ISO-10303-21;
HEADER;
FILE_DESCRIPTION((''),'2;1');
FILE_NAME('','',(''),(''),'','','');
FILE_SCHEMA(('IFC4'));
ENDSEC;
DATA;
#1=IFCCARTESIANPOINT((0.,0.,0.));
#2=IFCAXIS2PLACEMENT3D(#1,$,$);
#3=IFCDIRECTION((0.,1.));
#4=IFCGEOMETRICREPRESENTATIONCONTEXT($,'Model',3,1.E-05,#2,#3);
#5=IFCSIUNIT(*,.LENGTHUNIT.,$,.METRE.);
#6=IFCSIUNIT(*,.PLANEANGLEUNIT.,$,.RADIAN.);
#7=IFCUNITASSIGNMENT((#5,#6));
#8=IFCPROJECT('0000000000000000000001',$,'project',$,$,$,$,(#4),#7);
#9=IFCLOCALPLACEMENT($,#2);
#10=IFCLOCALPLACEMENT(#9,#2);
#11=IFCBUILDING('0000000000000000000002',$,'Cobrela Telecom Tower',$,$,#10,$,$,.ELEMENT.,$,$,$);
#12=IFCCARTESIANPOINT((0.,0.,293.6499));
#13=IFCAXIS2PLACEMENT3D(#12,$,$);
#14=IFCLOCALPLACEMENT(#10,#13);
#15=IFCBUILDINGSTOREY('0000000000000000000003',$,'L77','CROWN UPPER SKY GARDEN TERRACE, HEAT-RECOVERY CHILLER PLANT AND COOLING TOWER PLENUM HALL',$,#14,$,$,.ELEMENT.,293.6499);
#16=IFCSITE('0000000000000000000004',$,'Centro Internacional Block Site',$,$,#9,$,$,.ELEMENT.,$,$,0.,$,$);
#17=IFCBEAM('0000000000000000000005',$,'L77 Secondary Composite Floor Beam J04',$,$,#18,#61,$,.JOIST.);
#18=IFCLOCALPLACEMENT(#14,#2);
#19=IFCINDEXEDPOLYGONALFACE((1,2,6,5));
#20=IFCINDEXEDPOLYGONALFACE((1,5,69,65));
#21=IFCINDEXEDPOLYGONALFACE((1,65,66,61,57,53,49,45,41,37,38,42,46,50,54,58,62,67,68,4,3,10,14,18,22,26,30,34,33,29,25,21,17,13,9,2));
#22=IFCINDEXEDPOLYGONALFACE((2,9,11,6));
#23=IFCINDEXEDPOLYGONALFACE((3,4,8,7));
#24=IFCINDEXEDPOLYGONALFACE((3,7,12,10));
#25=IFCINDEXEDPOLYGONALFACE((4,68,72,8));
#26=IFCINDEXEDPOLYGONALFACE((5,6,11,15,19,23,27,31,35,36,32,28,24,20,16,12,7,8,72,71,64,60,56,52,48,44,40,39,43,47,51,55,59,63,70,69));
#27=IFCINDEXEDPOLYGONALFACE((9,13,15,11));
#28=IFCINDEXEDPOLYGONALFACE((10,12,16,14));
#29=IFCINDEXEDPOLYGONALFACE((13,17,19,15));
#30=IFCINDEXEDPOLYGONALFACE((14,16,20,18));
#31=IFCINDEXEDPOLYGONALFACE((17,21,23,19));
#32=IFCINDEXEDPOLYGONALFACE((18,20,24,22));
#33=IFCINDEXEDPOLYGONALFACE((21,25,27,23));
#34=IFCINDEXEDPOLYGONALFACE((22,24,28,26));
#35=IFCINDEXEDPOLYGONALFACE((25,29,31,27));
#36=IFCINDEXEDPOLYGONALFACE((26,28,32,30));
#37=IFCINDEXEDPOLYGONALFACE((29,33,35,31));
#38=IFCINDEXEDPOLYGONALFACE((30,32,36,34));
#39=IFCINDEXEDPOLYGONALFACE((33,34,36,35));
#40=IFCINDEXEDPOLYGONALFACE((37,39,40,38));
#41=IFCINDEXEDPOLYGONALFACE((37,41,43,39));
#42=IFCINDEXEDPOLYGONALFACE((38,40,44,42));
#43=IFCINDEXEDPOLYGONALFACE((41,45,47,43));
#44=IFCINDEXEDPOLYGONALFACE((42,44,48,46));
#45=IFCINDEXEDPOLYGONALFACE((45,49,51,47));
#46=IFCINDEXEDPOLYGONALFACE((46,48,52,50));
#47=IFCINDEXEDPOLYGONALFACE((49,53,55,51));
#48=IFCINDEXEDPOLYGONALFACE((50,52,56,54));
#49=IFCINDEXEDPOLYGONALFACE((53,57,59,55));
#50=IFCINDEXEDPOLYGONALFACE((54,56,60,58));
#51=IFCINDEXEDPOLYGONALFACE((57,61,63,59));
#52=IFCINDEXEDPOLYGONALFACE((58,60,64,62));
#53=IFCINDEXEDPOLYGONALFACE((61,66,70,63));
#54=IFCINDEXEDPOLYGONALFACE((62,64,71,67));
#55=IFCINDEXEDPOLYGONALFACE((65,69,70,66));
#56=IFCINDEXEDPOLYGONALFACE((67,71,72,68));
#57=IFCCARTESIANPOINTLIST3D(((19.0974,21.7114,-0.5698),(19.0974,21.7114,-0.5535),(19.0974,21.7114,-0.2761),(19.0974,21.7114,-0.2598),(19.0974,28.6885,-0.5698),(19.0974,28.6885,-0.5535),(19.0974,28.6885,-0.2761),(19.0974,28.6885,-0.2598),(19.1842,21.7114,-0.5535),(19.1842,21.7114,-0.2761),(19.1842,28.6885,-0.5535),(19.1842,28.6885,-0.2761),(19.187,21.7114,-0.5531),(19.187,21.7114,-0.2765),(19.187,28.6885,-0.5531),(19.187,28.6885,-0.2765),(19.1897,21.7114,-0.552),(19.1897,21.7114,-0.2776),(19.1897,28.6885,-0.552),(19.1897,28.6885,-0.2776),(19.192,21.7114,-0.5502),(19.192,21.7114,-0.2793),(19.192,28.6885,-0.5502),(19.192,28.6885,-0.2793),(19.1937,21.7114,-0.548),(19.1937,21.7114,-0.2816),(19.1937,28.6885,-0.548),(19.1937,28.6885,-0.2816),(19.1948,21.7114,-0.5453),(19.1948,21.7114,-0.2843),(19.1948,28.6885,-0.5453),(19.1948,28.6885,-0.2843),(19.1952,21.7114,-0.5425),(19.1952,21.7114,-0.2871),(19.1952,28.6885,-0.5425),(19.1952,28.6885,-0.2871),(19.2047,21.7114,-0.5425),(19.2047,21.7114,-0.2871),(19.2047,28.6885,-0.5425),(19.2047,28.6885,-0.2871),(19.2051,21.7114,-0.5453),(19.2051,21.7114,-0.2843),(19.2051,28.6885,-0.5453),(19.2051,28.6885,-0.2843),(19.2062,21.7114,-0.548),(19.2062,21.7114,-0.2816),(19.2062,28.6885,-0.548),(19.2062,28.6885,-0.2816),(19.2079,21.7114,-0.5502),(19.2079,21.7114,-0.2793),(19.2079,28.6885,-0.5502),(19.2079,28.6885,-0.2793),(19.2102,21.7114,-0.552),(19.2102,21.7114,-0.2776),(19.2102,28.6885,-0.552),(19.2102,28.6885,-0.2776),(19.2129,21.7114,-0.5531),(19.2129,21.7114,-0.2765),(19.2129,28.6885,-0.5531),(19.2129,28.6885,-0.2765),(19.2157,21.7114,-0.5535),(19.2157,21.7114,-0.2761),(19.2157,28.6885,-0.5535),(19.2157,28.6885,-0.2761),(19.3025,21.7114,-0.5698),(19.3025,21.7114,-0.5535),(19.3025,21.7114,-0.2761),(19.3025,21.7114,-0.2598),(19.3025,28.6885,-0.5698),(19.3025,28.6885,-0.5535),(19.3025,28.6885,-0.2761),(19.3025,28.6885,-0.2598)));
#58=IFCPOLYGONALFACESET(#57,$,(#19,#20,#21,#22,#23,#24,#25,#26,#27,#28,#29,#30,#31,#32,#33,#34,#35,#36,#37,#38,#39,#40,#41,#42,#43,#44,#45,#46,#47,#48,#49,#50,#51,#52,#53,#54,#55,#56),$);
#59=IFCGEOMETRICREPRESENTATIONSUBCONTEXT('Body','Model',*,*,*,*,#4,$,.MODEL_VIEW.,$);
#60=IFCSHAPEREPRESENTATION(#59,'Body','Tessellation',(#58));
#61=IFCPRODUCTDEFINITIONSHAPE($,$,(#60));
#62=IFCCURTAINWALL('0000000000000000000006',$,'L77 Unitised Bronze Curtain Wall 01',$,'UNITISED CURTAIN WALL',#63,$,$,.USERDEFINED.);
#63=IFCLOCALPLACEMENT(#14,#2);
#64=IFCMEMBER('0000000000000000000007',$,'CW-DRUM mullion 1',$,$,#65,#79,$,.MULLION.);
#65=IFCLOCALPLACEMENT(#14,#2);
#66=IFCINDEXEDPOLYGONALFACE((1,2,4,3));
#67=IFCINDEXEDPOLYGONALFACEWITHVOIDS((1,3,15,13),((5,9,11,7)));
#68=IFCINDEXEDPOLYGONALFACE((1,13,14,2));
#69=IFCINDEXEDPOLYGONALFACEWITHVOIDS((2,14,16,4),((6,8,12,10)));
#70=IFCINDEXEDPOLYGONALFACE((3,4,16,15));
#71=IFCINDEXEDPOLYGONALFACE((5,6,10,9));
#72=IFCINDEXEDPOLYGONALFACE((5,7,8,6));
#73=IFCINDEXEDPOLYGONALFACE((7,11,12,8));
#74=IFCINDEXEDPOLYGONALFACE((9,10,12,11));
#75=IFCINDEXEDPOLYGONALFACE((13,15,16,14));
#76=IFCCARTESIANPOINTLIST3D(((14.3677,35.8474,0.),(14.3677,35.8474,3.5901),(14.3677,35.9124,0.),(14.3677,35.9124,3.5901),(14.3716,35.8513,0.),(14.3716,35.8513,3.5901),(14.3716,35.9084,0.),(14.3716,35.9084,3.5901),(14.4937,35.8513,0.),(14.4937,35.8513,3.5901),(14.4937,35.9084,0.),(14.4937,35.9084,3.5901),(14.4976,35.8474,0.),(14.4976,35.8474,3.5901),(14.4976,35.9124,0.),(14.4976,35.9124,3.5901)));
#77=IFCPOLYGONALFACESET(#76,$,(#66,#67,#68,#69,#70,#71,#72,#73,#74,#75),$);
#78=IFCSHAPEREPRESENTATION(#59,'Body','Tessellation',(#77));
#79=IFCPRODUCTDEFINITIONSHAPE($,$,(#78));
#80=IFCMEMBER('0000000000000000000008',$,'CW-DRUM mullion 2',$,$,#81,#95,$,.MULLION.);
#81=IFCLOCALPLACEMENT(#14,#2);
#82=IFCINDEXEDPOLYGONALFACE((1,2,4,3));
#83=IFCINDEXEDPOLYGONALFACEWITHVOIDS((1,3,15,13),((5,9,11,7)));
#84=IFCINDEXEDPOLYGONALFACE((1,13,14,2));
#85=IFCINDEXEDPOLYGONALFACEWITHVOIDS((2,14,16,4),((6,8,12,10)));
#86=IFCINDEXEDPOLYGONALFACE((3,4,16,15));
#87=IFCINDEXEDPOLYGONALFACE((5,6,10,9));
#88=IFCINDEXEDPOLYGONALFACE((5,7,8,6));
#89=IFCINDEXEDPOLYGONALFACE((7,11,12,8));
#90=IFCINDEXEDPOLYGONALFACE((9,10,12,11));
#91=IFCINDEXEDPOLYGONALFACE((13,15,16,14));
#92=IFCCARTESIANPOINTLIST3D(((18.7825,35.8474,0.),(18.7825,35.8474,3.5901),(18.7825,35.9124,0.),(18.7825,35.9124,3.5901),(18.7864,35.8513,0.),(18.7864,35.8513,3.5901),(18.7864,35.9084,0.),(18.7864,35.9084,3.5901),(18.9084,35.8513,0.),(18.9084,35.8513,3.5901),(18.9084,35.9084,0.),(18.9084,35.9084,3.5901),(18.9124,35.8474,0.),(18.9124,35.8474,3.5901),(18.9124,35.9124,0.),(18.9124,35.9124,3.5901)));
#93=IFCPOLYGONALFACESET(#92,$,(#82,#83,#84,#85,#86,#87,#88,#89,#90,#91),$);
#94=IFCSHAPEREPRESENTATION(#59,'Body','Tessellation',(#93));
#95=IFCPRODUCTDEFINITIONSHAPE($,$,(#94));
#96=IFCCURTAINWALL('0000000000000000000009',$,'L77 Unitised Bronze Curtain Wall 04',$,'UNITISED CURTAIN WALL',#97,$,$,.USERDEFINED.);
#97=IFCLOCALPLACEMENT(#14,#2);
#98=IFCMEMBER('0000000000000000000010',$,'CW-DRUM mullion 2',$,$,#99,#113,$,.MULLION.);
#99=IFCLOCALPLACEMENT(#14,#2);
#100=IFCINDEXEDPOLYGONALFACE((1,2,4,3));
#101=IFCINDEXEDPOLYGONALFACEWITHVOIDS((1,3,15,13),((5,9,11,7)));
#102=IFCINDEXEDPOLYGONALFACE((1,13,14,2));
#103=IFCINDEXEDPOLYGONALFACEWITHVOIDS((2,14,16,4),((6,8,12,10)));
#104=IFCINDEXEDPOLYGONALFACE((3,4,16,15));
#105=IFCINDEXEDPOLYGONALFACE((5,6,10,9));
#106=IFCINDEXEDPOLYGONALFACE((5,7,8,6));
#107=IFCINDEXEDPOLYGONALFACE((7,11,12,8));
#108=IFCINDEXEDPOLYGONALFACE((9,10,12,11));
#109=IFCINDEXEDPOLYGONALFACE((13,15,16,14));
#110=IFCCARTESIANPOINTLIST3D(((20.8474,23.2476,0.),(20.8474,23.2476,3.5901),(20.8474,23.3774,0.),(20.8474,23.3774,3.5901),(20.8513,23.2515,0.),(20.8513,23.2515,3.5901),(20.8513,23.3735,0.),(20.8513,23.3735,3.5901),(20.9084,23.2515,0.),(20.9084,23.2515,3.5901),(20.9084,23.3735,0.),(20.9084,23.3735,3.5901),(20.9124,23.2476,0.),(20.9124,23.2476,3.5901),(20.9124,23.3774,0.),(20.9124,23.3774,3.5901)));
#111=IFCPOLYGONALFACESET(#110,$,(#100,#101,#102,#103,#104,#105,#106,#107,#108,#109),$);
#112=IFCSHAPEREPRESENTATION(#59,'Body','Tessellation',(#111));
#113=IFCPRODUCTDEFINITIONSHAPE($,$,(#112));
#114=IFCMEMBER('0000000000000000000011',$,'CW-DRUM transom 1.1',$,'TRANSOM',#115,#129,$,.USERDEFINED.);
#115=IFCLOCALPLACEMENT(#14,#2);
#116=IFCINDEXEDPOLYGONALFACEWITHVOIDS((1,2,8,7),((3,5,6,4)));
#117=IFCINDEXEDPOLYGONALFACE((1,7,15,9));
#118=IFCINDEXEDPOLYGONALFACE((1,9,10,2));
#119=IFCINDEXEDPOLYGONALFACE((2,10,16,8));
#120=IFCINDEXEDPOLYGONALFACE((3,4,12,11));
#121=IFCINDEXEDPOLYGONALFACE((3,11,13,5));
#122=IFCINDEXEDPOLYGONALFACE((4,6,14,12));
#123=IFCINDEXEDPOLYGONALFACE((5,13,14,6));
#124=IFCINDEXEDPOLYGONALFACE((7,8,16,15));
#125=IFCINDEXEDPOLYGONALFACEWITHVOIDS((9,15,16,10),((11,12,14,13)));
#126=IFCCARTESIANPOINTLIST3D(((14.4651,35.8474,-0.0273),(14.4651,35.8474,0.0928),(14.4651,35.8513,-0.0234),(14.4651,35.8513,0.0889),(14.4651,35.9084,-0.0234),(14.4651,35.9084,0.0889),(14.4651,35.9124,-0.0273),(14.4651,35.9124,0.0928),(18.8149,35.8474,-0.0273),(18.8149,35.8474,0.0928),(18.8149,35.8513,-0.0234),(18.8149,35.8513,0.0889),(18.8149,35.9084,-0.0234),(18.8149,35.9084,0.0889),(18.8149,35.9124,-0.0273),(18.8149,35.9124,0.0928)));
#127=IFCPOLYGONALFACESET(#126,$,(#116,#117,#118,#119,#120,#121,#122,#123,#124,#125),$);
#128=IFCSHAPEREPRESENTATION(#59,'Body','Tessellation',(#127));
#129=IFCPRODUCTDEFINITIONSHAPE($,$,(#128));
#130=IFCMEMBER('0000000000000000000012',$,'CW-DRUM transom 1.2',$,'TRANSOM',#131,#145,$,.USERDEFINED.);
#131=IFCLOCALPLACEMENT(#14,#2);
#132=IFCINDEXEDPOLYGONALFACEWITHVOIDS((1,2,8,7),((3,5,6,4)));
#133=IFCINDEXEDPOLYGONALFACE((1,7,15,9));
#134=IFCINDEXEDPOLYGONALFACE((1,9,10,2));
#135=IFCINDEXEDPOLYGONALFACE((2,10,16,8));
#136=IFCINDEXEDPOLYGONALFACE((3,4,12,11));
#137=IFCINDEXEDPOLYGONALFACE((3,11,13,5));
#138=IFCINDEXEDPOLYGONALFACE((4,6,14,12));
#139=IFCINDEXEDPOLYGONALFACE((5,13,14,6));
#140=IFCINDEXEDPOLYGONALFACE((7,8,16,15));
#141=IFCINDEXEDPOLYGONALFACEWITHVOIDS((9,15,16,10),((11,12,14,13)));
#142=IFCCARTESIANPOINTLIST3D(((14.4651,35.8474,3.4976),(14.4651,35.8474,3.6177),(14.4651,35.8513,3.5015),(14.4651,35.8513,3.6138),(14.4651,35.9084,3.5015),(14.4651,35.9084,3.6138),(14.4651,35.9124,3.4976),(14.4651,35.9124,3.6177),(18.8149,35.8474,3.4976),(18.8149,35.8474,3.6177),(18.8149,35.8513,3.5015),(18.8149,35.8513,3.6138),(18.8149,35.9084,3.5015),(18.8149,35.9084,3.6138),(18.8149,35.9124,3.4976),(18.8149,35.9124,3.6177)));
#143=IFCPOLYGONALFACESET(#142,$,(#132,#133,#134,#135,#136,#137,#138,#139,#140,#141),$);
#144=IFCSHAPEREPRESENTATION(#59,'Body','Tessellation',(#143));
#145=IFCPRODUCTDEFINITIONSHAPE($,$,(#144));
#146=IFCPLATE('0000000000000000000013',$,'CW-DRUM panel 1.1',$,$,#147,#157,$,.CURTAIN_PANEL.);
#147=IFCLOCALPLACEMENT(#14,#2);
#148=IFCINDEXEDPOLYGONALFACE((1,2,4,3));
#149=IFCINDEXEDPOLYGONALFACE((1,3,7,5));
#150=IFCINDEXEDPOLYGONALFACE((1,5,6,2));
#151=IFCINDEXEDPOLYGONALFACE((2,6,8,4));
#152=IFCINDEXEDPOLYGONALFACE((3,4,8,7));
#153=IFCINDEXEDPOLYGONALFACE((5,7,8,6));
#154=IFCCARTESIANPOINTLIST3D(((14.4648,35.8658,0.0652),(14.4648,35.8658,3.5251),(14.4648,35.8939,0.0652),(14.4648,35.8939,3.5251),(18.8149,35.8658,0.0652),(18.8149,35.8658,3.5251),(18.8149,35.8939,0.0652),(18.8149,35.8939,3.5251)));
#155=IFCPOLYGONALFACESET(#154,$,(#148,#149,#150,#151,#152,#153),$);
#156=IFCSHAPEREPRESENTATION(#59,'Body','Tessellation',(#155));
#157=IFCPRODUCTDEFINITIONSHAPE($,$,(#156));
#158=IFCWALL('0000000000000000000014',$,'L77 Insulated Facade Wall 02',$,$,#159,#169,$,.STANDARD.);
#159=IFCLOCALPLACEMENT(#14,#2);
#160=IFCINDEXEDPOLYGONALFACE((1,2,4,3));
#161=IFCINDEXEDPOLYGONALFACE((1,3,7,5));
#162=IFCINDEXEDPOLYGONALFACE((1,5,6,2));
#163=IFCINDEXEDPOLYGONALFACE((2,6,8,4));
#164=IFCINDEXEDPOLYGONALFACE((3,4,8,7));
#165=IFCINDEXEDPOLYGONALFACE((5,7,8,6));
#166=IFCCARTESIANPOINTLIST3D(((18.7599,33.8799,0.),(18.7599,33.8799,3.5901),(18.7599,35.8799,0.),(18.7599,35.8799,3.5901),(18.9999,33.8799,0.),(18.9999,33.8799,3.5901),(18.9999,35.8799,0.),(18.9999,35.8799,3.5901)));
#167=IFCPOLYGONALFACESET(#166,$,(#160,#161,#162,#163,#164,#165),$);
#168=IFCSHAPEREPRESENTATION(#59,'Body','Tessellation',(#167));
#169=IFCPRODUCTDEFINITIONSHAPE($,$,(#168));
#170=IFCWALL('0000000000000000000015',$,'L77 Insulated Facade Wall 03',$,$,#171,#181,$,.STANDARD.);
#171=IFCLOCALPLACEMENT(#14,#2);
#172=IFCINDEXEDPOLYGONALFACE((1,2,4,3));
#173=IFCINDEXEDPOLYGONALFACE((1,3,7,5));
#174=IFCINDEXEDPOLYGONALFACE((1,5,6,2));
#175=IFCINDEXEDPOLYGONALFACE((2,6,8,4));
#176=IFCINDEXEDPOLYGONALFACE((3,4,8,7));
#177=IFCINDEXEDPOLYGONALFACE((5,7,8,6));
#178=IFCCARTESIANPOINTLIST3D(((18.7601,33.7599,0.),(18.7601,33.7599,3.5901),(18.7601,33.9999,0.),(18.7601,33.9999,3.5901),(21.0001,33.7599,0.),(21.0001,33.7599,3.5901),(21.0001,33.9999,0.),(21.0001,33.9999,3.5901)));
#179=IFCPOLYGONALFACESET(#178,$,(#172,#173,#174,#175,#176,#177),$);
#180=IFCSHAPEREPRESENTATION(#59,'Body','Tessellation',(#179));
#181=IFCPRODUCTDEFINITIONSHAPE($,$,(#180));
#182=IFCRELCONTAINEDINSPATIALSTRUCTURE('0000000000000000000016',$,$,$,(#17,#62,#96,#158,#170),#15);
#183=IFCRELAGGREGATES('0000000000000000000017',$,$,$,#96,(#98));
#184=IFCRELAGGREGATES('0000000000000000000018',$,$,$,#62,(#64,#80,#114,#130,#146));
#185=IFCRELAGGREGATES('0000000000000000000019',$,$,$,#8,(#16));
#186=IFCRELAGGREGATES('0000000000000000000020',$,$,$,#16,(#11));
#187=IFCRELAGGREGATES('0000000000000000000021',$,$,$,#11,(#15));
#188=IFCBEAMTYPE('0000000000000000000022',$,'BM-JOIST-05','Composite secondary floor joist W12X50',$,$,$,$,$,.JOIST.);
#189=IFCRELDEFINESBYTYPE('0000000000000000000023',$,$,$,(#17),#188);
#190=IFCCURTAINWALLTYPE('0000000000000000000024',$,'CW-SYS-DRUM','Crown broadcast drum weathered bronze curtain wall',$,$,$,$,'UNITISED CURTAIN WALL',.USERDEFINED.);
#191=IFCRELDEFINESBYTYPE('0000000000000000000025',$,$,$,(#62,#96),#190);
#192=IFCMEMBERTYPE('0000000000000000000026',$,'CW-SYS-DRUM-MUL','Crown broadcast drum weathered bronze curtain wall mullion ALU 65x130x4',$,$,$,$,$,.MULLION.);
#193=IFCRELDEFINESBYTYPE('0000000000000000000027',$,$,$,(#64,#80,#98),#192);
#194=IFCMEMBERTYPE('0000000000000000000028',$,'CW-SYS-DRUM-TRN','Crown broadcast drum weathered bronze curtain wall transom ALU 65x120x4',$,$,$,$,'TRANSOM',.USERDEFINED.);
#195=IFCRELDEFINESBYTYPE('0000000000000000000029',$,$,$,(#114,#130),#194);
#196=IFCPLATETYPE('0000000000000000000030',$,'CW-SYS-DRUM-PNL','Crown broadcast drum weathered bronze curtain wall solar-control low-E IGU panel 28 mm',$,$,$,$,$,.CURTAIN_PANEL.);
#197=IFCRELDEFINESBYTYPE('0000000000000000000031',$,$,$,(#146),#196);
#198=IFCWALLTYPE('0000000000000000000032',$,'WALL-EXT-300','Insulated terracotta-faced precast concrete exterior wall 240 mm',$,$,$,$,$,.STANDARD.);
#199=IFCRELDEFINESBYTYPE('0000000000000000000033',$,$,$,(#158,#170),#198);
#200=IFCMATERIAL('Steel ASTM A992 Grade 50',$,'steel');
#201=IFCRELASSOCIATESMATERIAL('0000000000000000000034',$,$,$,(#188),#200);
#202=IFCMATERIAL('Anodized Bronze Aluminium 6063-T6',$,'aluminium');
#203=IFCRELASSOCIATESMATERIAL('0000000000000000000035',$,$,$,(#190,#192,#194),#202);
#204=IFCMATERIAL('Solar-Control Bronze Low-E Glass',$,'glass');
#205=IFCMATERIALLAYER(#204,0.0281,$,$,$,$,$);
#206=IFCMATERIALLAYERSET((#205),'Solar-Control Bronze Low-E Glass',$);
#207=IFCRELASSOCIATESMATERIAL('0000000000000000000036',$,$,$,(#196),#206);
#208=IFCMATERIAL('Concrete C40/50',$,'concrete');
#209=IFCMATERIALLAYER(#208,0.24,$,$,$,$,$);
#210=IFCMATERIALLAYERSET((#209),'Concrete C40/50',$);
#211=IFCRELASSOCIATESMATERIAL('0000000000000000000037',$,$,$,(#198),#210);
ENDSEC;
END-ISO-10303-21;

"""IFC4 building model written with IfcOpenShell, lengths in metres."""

from ifc_helpers import new_model, si_unit, direction, frame, frame_2d, origin, origin_2d, place, context, subcontext, project, spatial, rectangle, hollow_rectangle, i_section, extrude, material, layer, layer_set, material_profile, profile_set, type_object, element, aggregate, save


model = new_model("IFC4")

# Units and contexts
model_context = context("Model", 3, precision=1e-05, world=origin(), true_north=direction((0.0, 1.0)))
body_context = subcontext(model_context, "Body", "Model", "MODEL_VIEW")
ifc_project = project(units=[si_unit("LENGTHUNIT", "METRE"), si_unit("PLANEANGLEUNIT", "RADIAN")], contexts=[model_context])

# Site, building, storey
site_placement = place(None, origin())
site = spatial("IfcSite", under=ifc_project, at=site_placement, Name="Centro Internacional Block Site", CompositionType="ELEMENT", RefElevation=0.0)
building_placement = place(site_placement, origin())
building = spatial("IfcBuilding", under=site, at=building_placement, Name="Cobrela Telecom Tower", CompositionType="ELEMENT")
storey_placement = place(building_placement, frame((0.0, 0.0, 293.6499)))
storey = spatial("IfcBuildingStorey", under=building, at=storey_placement, Name="L77", Description="CROWN UPPER SKY GARDEN TERRACE, HEAT-RECOVERY CHILLER PLANT AND COOLING TOWER PLENUM HALL", CompositionType="ELEMENT", Elevation=293.6499)

# Beam
ifc_material_1 = material(Name="Steel ASTM A992 Grade 50", Category="steel")
ifc_material_profile_1 = material_profile(ifc_material_1, i_section(OverallWidth=0.2051, OverallDepth=0.3101, WebThickness=0.0095, FlangeThickness=0.0164, FilletRadius=0.011, at=origin_2d()), Name="W12X50")
ifc_profile_set_1 = profile_set([ifc_material_profile_1], Name="Steel ASTM A992 Grade 50")
beam_type_1 = type_object("IfcBeamType", Name="BM-JOIST-05", Description="Composite secondary floor joist W12X50", PredefinedType="JOIST", material=ifc_profile_set_1)
for number, where, z_axis, x_axis, name in (
    (1, (19.2, 21.7114, -0.4148), (0.0, 1.0, 0.0), (-1.0, 0.0, 0.0), "L77 Secondary Composite Floor Beam J04"),
):
    element("IfcBeam", number, at=place(storey_placement, frame(where, z_axis=z_axis, x_axis=x_axis)), inside=storey, type_object=beam_type_1, Name=name, PredefinedType="JOIST", context=body_context, shape_type="SweptSolid", body=[
        extrude(i_section(OverallWidth=0.2051, OverallDepth=0.3101, WebThickness=0.0095, FlangeThickness=0.0164, FilletRadius=0.011, at=origin_2d()), origin(), (0.0, 0.0, 1.0), 6.9771),
    ])

# Curtain wall, members
ifc_material_2 = material(Name="Anodized Bronze Aluminium 6063-T6", Category="aluminium")
curtain_wall_type = type_object("IfcCurtainWallType", Name="CW-SYS-DRUM", Description="Crown broadcast drum weathered bronze curtain wall", ElementType="UNITISED CURTAIN WALL", PredefinedType="USERDEFINED", material=ifc_material_2)
curtain_wall_1_placement = place(storey_placement, origin())
curtain_wall_1 = element("IfcCurtainWall", 2, at=curtain_wall_1_placement, inside=storey, type_object=curtain_wall_type, Name="L77 Unitised Bronze Curtain Wall 01", ObjectType="UNITISED CURTAIN WALL", PredefinedType="USERDEFINED")
ifc_material_profile_2 = material_profile(ifc_material_2, hollow_rectangle(XDim=0.0649, YDim=0.1299, WallThickness=0.0039, at=origin_2d()), Name="ALU 65x130x4")
ifc_profile_set_2 = profile_set([ifc_material_profile_2], Name="Anodized Bronze Aluminium 6063-T6")
member_type_1 = type_object("IfcMemberType", Name="CW-SYS-DRUM-MUL", Description="Crown broadcast drum weathered bronze curtain wall mullion ALU 65x130x4", PredefinedType="MULLION", material=ifc_profile_set_2)
member_1_placement = place(storey_placement, frame((14.4326, 35.8799, 0.0), z_axis=(0.0, 0.0, 1.0), x_axis=(0.0, 1.0, 0.0)))
member_1 = element("IfcMember", 3, at=member_1_placement, type_object=member_type_1, Name="CW-DRUM mullion 1", PredefinedType="MULLION", context=body_context, shape_type="SweptSolid", body=[
    extrude(hollow_rectangle(XDim=0.0649, YDim=0.1299, WallThickness=0.0039, at=origin_2d()), origin(), (0.0, 0.0, 1.0), 3.5901),
])
member_2_placement = place(storey_placement, frame((18.8474, 35.8799, 0.0), z_axis=(0.0, 0.0, 1.0), x_axis=(0.0, 1.0, 0.0)))
member_2 = element("IfcMember", 4, at=member_2_placement, type_object=member_type_1, Name="CW-DRUM mullion 2", PredefinedType="MULLION", context=body_context, shape_type="SweptSolid", body=[
    extrude(hollow_rectangle(XDim=0.0649, YDim=0.1299, WallThickness=0.0039, at=origin_2d()), origin(), (0.0, 0.0, 1.0), 3.5901),
])

# Curtain wall, member
curtain_wall_2_placement = place(storey_placement, origin())
curtain_wall_2 = element("IfcCurtainWall", 5, at=curtain_wall_2_placement, inside=storey, type_object=curtain_wall_type, Name="L77 Unitised Bronze Curtain Wall 04", ObjectType="UNITISED CURTAIN WALL", PredefinedType="USERDEFINED")
member_3_placement = place(storey_placement, frame((20.8799, 23.3125, 0.0), z_axis=(0.0, 0.0, 1.0), x_axis=(1.0, 0.0, 0.0)))
member_3 = element("IfcMember", 6, at=member_3_placement, type_object=member_type_1, Name="CW-DRUM mullion 2", PredefinedType="MULLION", context=body_context, shape_type="SweptSolid", body=[
    extrude(hollow_rectangle(XDim=0.0649, YDim=0.1299, WallThickness=0.0039, at=origin_2d()), origin(), (0.0, 0.0, 1.0), 3.5901),
])
aggregate(curtain_wall_2, [member_3])

# Members
ifc_material_profile_3 = material_profile(ifc_material_2, hollow_rectangle(XDim=0.0649, YDim=0.1201, WallThickness=0.0039, at=origin_2d()), Name="ALU 65x120x4")
ifc_profile_set_3 = profile_set([ifc_material_profile_3], Name="Anodized Bronze Aluminium 6063-T6")
member_type_2 = type_object("IfcMemberType", Name="CW-SYS-DRUM-TRN", Description="Crown broadcast drum weathered bronze curtain wall transom ALU 65x120x4", ElementType="TRANSOM", PredefinedType="USERDEFINED", material=ifc_profile_set_3)
member_4_placement = place(storey_placement, frame((14.4651, 35.8799, 0.0327), z_axis=(1.0, 0.0, 0.0), x_axis=(0.0, 1.0, 0.0)))
member_4 = element("IfcMember", 7, at=member_4_placement, type_object=member_type_2, Name="CW-DRUM transom 1.1", ObjectType="TRANSOM", PredefinedType="USERDEFINED", context=body_context, shape_type="SweptSolid", body=[
    extrude(hollow_rectangle(XDim=0.0649, YDim=0.1201, WallThickness=0.0039, at=origin_2d()), origin(), (0.0, 0.0, 1.0), 4.3499),
])
member_5_placement = place(storey_placement, frame((14.4651, 35.8799, 3.5576), z_axis=(1.0, 0.0, 0.0), x_axis=(0.0, 1.0, 0.0)))
member_5 = element("IfcMember", 8, at=member_5_placement, type_object=member_type_2, Name="CW-DRUM transom 1.2", ObjectType="TRANSOM", PredefinedType="USERDEFINED", context=body_context, shape_type="SweptSolid", body=[
    extrude(hollow_rectangle(XDim=0.0649, YDim=0.1201, WallThickness=0.0039, at=origin_2d()), origin(), (0.0, 0.0, 1.0), 4.3499),
])

# Plate
ifc_material_3 = material(Name="Solar-Control Bronze Low-E Glass", Category="glass")
ifc_layer_1 = layer(ifc_material_3, 0.0281)
ifc_layer_set_1 = layer_set([ifc_layer_1], Name="Solar-Control Bronze Low-E Glass")
plate_type = type_object("IfcPlateType", Name="CW-SYS-DRUM-PNL", Description="Crown broadcast drum weathered bronze curtain wall solar-control low-E IGU panel 28 mm", PredefinedType="CURTAIN_PANEL", material=ifc_layer_set_1)
plate_placement = place(storey_placement, frame((16.6399, 35.8799, 0.0652), z_axis=(0.0, 0.0, 1.0), x_axis=(1.0, 0.0, 0.0)))
plate = element("IfcPlate", 9, at=plate_placement, type_object=plate_type, Name="CW-DRUM panel 1.1", PredefinedType="CURTAIN_PANEL", context=body_context, shape_type="SweptSolid", body=[
    extrude(rectangle(XDim=4.3501, YDim=0.0281, at=origin_2d()), origin(), (0.0, 0.0, 1.0), 3.46),
])
aggregate(curtain_wall_1, [member_1, member_2, member_4, member_5, plate])

# Walls
ifc_material_4 = material(Name="Concrete C40/50", Category="concrete")
ifc_layer_2 = layer(ifc_material_4, 0.24)
ifc_layer_set_2 = layer_set([ifc_layer_2], Name="Concrete C40/50")
wall_type_1 = type_object("IfcWallType", Name="WALL-EXT-300", Description="Insulated terracotta-faced precast concrete exterior wall 240 mm", PredefinedType="STANDARD", material=ifc_layer_set_2)
wall_1_placement = place(storey_placement, frame((18.8799, 35.8799, 0.0), z_axis=(0.0, 0.0, 1.0), x_axis=(0.0, -1.0, 0.0)))
element("IfcWall", 10, at=wall_1_placement, inside=storey, type_object=wall_type_1, Name="L77 Insulated Facade Wall 02", PredefinedType="STANDARD", context=body_context, shape_type="SweptSolid", body=[
    extrude(rectangle(XDim=2.0, YDim=0.24, at=frame_2d((1.0, 0.0))), origin(), (0.0, 0.0, 1.0), 3.5901),
])
wall_2_placement = place(storey_placement, frame((18.76, 33.8799, 0.0), z_axis=(0.0, 0.0, 1.0), x_axis=(1.0, 0.0, 0.0)))
element("IfcWall", 11, at=wall_2_placement, inside=storey, type_object=wall_type_1, Name="L77 Insulated Facade Wall 03", PredefinedType="STANDARD", context=body_context, shape_type="SweptSolid", body=[
    extrude(rectangle(XDim=2.24, YDim=0.24, at=frame_2d((1.1201, 0.0))), origin(), (0.0, 0.0, 1.0), 3.5901),
])

save(model, "model.ifc")
